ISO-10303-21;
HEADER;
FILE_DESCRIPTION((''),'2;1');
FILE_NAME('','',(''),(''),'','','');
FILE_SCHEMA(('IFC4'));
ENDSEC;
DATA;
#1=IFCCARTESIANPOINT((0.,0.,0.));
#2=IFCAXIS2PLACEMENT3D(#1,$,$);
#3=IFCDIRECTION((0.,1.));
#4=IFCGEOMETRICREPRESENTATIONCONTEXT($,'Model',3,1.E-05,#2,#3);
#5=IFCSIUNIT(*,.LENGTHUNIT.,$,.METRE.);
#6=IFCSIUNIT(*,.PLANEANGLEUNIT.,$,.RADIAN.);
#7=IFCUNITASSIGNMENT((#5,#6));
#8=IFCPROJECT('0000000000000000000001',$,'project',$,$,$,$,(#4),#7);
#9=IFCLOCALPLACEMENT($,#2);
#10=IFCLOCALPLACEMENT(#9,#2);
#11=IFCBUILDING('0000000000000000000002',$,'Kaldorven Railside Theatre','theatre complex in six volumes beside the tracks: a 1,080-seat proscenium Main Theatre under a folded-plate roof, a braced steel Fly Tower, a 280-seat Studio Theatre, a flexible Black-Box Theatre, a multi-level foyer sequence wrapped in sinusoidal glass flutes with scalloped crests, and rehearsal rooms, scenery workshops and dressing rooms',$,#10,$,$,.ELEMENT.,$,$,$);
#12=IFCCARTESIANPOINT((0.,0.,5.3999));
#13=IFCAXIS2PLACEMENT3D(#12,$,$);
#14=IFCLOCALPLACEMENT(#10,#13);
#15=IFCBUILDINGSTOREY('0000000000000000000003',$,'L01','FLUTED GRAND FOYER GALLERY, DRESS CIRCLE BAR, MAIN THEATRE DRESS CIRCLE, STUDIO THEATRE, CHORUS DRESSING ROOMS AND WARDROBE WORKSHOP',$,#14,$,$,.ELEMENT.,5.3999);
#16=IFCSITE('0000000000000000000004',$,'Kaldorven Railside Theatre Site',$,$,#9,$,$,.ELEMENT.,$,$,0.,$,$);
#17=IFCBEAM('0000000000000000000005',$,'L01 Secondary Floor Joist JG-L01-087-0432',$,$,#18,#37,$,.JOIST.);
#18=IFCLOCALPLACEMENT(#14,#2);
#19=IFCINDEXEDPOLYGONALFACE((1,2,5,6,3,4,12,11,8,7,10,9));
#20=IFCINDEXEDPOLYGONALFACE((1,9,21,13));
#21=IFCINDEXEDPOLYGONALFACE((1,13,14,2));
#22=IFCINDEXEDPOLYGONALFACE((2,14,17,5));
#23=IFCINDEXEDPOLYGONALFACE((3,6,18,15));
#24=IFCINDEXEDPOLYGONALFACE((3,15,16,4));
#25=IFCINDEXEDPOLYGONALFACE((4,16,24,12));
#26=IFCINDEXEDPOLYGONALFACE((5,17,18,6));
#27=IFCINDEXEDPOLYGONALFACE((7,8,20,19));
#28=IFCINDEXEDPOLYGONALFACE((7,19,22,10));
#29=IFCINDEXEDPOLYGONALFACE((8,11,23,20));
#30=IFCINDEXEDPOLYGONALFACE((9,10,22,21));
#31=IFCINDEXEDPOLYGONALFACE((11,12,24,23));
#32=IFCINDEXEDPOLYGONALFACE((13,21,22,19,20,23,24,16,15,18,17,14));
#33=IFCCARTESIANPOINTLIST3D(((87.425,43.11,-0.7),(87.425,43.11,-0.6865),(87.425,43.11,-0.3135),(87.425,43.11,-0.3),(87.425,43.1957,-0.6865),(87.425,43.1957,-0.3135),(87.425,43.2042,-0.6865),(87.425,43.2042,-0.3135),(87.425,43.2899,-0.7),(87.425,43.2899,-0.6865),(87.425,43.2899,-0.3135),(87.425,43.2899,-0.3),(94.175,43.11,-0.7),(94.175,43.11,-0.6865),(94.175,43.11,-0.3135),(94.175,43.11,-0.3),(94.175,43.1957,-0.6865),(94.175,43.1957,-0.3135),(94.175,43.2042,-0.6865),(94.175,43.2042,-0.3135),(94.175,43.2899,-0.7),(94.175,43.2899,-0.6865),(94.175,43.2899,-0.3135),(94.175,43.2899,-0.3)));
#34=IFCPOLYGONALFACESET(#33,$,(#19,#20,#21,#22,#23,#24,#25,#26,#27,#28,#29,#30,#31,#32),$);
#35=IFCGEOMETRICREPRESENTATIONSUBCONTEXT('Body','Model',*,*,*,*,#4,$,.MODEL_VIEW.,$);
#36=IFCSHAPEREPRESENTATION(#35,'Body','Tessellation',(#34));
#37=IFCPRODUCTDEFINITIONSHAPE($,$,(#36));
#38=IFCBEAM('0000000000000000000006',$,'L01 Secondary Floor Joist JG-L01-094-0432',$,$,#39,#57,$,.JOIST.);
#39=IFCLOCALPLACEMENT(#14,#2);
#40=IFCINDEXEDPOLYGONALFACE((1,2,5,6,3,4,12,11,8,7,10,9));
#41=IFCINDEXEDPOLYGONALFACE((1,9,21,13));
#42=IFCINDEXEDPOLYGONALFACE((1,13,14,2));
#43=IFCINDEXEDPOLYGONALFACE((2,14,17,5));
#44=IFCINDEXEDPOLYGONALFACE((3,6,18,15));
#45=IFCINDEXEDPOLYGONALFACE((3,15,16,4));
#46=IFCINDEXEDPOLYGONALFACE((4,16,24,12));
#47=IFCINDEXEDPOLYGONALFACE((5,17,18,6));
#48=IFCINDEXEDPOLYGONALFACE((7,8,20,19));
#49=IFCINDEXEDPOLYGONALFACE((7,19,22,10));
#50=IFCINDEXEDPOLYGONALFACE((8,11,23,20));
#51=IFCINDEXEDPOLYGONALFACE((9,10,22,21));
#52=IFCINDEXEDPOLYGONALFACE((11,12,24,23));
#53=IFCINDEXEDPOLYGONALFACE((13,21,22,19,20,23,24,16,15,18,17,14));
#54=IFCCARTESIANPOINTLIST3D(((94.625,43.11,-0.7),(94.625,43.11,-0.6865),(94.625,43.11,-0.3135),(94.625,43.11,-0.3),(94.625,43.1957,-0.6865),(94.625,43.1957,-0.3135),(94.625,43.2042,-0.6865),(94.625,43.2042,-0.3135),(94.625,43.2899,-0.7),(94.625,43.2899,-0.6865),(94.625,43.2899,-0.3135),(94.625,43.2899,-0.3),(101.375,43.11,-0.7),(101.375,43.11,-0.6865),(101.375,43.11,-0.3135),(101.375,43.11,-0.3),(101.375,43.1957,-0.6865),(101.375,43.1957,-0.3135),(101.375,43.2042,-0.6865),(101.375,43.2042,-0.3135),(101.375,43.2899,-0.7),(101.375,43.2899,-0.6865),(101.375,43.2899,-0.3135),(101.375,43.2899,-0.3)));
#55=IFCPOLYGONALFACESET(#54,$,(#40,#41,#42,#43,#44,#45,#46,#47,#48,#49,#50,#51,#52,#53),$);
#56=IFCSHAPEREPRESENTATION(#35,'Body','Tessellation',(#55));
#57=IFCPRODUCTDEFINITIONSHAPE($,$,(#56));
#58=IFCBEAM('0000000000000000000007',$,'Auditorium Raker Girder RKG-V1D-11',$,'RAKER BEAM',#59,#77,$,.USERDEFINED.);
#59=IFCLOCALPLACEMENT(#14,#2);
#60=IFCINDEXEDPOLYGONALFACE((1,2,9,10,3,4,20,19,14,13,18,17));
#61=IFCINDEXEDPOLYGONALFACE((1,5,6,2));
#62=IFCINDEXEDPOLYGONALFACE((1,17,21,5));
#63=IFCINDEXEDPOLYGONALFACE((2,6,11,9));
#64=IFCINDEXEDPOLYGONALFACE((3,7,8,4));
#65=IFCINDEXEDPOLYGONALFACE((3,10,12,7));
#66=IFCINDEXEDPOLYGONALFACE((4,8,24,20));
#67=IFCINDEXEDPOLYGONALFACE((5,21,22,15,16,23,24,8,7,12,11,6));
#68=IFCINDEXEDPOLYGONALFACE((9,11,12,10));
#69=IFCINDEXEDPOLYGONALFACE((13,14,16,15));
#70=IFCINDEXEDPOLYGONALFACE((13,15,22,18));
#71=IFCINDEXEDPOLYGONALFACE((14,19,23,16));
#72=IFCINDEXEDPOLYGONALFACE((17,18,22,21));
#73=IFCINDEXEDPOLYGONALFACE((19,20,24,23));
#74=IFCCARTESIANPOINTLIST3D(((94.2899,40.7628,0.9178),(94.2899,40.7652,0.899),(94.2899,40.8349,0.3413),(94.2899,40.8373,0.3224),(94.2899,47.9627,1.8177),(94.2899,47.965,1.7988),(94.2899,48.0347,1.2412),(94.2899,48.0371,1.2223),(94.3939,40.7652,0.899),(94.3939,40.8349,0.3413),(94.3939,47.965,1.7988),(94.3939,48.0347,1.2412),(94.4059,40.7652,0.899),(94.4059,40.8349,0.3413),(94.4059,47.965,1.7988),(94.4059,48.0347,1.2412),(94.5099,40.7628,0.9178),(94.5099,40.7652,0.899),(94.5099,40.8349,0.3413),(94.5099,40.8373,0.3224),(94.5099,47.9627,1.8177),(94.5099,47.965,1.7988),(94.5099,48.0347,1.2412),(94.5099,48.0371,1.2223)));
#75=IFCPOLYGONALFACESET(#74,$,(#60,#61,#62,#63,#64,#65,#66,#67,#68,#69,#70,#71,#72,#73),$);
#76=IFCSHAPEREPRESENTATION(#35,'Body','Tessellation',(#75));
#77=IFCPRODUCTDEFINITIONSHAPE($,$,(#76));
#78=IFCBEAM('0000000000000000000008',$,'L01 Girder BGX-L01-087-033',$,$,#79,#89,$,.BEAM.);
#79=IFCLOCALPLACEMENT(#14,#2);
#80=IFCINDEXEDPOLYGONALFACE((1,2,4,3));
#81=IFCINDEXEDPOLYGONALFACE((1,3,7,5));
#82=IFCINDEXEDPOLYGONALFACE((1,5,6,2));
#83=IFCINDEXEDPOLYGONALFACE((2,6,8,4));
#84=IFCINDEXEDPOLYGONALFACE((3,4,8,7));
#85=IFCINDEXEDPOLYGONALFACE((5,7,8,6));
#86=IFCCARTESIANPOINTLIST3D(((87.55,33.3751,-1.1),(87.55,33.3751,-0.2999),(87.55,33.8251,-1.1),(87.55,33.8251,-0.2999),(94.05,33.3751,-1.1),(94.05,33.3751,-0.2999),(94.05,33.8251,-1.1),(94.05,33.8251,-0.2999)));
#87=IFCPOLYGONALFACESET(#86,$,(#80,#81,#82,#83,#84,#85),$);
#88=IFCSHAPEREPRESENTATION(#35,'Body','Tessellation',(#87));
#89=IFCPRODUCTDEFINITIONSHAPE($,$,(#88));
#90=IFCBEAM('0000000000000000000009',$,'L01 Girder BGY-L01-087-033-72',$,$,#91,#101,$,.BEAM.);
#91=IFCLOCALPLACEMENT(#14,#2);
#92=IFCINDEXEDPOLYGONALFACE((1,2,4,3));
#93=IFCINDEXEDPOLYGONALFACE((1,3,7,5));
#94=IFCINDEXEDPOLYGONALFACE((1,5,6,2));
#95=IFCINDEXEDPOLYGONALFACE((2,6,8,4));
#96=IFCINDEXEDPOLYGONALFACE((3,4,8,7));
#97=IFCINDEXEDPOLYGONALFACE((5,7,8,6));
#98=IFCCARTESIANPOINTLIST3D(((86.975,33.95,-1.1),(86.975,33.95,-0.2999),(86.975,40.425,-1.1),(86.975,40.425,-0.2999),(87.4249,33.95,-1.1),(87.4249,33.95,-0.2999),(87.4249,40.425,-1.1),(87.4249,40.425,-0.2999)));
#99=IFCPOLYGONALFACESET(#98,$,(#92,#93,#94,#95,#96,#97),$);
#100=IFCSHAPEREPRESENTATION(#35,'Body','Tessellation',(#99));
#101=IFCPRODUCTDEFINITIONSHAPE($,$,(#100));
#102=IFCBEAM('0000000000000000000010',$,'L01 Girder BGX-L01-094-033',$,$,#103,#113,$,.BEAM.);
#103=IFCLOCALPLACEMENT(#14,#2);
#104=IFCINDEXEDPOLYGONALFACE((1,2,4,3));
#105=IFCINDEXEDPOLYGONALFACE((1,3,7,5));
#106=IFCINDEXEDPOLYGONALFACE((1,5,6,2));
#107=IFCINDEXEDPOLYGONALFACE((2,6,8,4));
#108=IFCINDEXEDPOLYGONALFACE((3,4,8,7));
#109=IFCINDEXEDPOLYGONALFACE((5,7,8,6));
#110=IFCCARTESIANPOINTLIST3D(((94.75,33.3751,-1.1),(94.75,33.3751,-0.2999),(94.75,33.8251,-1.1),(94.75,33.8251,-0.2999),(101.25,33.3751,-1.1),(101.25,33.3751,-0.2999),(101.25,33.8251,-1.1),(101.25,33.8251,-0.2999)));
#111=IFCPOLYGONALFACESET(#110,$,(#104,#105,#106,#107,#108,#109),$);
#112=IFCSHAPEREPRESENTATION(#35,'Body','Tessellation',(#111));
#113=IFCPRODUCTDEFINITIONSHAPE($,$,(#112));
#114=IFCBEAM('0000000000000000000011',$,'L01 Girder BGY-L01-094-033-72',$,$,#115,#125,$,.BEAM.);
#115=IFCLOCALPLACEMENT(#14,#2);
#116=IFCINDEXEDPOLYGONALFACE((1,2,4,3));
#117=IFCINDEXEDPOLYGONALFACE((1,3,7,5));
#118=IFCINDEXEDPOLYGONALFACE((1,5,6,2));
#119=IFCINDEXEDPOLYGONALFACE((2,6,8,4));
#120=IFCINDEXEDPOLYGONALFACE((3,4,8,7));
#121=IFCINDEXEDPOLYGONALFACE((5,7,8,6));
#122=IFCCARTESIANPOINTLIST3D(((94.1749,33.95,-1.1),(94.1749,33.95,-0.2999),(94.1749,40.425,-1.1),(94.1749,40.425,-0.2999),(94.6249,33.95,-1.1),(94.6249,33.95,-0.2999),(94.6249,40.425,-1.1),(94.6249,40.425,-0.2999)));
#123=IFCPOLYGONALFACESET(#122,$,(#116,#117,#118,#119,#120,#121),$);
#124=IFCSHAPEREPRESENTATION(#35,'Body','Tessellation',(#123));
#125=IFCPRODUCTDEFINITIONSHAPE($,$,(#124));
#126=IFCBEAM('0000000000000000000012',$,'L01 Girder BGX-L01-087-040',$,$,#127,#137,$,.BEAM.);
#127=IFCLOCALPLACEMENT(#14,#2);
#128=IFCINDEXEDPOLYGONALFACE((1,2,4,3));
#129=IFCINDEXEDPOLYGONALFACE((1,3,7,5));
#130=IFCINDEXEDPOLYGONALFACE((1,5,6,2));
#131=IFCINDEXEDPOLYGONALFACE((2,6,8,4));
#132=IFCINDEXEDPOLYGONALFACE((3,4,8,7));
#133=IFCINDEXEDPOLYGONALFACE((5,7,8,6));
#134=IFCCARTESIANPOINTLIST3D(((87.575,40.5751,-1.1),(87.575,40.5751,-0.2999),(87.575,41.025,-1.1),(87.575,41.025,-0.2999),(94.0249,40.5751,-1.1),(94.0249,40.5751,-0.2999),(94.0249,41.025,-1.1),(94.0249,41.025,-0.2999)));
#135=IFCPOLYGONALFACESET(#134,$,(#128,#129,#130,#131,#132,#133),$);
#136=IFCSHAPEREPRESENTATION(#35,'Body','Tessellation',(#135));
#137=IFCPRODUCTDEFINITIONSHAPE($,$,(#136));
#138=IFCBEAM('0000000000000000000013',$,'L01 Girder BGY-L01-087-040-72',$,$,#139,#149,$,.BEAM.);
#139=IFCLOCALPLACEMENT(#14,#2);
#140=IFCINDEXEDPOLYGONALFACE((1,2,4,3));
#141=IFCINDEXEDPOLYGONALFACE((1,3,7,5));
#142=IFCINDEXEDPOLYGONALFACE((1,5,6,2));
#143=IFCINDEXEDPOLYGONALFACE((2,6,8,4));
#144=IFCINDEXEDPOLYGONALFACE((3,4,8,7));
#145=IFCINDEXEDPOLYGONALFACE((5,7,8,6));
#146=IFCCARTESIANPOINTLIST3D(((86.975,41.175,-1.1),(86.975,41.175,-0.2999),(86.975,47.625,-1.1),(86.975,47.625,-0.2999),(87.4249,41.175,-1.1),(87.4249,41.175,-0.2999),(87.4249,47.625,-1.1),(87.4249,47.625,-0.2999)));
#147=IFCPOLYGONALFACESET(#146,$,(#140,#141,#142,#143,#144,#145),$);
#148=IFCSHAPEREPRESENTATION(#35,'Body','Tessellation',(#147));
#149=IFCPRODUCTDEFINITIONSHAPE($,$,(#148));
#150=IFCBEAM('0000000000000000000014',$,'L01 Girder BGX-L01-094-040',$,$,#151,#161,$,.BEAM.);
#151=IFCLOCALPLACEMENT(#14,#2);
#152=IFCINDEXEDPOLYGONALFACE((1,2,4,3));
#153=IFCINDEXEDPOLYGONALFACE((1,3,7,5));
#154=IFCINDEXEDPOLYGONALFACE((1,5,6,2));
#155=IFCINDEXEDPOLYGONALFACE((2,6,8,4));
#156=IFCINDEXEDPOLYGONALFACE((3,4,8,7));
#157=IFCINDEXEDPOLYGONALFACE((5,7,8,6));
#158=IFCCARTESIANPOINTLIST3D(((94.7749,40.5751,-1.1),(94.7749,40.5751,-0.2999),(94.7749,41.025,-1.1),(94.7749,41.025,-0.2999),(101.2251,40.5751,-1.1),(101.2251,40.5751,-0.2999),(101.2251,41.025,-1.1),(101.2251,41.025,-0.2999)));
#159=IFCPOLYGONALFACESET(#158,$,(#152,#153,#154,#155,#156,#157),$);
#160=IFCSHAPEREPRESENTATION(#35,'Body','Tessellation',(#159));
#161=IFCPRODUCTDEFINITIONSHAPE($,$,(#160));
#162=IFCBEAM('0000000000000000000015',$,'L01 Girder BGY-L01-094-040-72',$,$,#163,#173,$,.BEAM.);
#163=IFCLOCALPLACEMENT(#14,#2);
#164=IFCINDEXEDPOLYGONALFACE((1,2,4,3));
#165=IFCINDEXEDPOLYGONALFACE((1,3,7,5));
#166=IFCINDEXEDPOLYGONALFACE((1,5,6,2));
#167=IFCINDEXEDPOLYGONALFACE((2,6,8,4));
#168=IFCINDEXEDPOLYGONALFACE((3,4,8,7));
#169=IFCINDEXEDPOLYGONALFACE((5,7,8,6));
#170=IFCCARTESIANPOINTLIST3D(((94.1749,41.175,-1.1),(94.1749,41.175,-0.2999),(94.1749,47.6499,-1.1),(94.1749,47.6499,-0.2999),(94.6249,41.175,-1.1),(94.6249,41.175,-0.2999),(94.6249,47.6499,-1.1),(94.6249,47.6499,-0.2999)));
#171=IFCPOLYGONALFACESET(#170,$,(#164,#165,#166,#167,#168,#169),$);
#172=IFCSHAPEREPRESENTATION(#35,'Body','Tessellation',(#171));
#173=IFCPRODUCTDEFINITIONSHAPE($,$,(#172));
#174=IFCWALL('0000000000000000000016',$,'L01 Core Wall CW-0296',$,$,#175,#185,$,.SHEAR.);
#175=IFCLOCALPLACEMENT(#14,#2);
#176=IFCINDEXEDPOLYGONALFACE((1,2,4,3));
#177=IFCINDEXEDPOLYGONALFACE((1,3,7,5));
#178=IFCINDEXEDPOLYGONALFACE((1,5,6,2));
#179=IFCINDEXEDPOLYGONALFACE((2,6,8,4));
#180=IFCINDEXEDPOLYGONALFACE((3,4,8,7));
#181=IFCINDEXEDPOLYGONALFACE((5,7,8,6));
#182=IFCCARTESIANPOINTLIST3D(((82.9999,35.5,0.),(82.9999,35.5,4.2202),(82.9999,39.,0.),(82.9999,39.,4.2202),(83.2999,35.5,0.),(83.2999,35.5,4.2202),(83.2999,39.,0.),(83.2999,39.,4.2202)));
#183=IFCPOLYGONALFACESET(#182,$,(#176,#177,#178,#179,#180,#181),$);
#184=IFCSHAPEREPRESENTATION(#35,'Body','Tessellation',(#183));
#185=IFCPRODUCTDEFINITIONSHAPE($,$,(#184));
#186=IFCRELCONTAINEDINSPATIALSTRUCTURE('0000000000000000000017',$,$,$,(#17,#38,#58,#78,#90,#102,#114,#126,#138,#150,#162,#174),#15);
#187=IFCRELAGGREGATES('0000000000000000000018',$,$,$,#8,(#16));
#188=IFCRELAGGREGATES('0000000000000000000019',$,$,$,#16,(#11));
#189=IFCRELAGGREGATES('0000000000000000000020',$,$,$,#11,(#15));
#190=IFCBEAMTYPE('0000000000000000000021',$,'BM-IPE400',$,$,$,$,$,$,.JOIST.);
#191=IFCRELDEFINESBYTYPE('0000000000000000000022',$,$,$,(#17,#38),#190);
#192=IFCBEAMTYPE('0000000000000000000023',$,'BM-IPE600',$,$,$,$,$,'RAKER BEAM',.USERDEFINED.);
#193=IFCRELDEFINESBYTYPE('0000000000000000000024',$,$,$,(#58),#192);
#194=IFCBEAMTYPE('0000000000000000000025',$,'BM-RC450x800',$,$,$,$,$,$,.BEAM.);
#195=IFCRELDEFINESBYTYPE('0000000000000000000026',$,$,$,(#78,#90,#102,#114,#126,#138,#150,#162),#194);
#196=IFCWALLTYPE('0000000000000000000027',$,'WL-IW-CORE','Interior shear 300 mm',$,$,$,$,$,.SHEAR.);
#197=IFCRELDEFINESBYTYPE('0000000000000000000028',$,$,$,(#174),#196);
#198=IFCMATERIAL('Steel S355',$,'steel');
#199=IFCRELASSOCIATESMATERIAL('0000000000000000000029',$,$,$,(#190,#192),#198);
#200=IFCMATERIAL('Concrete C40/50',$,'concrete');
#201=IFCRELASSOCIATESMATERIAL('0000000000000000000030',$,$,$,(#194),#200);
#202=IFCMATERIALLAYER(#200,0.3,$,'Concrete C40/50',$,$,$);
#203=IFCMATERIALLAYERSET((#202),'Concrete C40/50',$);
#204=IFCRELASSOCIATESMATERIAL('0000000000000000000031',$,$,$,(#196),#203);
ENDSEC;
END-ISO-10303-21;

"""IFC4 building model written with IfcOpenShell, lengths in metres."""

from ifc_helpers import new_model, si_unit, direction, frame, frame_2d, origin, origin_2d, place, context, subcontext, project, spatial, rectangle, i_section, extrude, material, layer, layer_set, material_profile, profile_set, type_object, element, save


model = new_model("IFC4")

# Units and contexts
model_context = context("Model", 3, precision=1e-05, world=origin(), true_north=direction((0.0, 1.0)))
body_context = subcontext(model_context, "Body", "Model", "MODEL_VIEW")
ifc_project = project(units=[si_unit("LENGTHUNIT", "METRE"), si_unit("PLANEANGLEUNIT", "RADIAN")], contexts=[model_context])

# Site, building, storey
site_placement = place(None, origin())
site = spatial("IfcSite", under=ifc_project, at=site_placement, Name="Kaldorven Railside Theatre Site", CompositionType="ELEMENT", RefElevation=0.0)
building_placement = place(site_placement, origin())
building = spatial("IfcBuilding", under=site, at=building_placement, Name="Kaldorven Railside Theatre", Description="theatre complex in six volumes beside the tracks: a 1,080-seat proscenium Main Theatre under a folded-plate roof, a braced steel Fly Tower, a 280-seat Studio Theatre, a flexible Black-Box Theatre, a multi-level foyer sequence wrapped in sinusoidal glass flutes with scalloped crests, and rehearsal rooms, scenery workshops and dressing rooms", CompositionType="ELEMENT")
storey_placement = place(building_placement, frame((0.0, 0.0, 5.3999)))
storey = spatial("IfcBuildingStorey", under=building, at=storey_placement, Name="L01", Description="FLUTED GRAND FOYER GALLERY, DRESS CIRCLE BAR, MAIN THEATRE DRESS CIRCLE, STUDIO THEATRE, CHORUS DRESSING ROOMS AND WARDROBE WORKSHOP", CompositionType="ELEMENT", Elevation=5.3999)

# Shared definitions
ifc_material_1 = material(Name="Concrete C40/50", Category="concrete")

# Beams
ifc_material_2 = material(Name="Steel S355", Category="steel")
ifc_material_profile_1 = material_profile(ifc_material_2, i_section(OverallWidth=0.1799, OverallDepth=0.3999, WebThickness=0.0085, FlangeThickness=0.0134, at=origin_2d()), Name="IPE 400")
ifc_profile_set_1 = profile_set([ifc_material_profile_1], Name="Steel S355")
beam_type_1 = type_object("IfcBeamType", Name="BM-IPE400", PredefinedType="JOIST", material=ifc_profile_set_1)
for number, where, z_axis, x_axis, name in (
    (1, (87.425, 43.2, -0.5), (1.0, 0.0, 0.0), (0.0, 1.0, 0.0), "L01 Secondary Floor Joist JG-L01-087-0432"),
    (2, (94.625, 43.2, -0.5), (1.0, 0.0, 0.0), (0.0, 1.0, 0.0), "L01 Secondary Floor Joist JG-L01-094-0432"),
):
    element("IfcBeam", number, at=place(storey_placement, frame(where, z_axis=z_axis, x_axis=x_axis)), inside=storey, type_object=beam_type_1, Name=name, PredefinedType="JOIST", context=body_context, shape_type="SweptSolid", body=[
        extrude(i_section(OverallWidth=0.1799, OverallDepth=0.3999, WebThickness=0.0085, FlangeThickness=0.0134, at=origin_2d()), origin(), (0.0, 0.0, 1.0), 6.75),
    ])
ifc_material_profile_2 = material_profile(ifc_material_2, i_section(OverallWidth=0.22, OverallDepth=0.6001, WebThickness=0.012, FlangeThickness=0.019, at=origin_2d()), Name="IPE 600")
ifc_profile_set_2 = profile_set([ifc_material_profile_2], Name="Steel S355")
beam_type_2 = type_object("IfcBeamType", Name="BM-IPE600", ElementType="RAKER BEAM", PredefinedType="USERDEFINED", material=ifc_profile_set_2)
beam_1_placement = place(storey_placement, frame((94.3999, 40.8, 0.6201), z_axis=(0.0, 0.992279, 0.124022), x_axis=(-1.0, 0.0, 0.0)))
element("IfcBeam", 3, at=beam_1_placement, inside=storey, type_object=beam_type_2, Name="Auditorium Raker Girder RKG-V1D-11", ObjectType="RAKER BEAM", PredefinedType="USERDEFINED", context=body_context, shape_type="SweptSolid", body=[
    extrude(i_section(OverallWidth=0.22, OverallDepth=0.6001, WebThickness=0.012, FlangeThickness=0.019, at=origin_2d()), origin(), (0.0, 0.0, 1.0), 7.2559),
])
ifc_material_profile_3 = material_profile(ifc_material_1, rectangle(XDim=0.45, YDim=0.8, at=origin_2d()), Name="RC 450x800")
ifc_profile_set_3 = profile_set([ifc_material_profile_3], Name="Concrete C40/50")
beam_type_3 = type_object("IfcBeamType", Name="BM-RC450x800", PredefinedType="BEAM", material=ifc_profile_set_3)
beam_2_placement = place(storey_placement, frame((87.55, 33.6001, -0.7), z_axis=(1.0, 0.0, 0.0), x_axis=(0.0, 1.0, 0.0)))
element("IfcBeam", 4, at=beam_2_placement, inside=storey, type_object=beam_type_3, Name="L01 Girder BGX-L01-087-033", PredefinedType="BEAM", context=body_context, shape_type="SweptSolid", body=[
    extrude(rectangle(XDim=0.45, YDim=0.8, at=origin_2d()), origin(), (0.0, 0.0, 1.0), 6.5),
])
beam_3_placement = place(storey_placement, frame((87.2, 33.95, -0.7), z_axis=(0.0, 1.0, 0.0), x_axis=(-1.0, 0.0, 0.0)))
element("IfcBeam", 5, at=beam_3_placement, inside=storey, type_object=beam_type_3, Name="L01 Girder BGY-L01-087-033-72", PredefinedType="BEAM", context=body_context, shape_type="SweptSolid", body=[
    extrude(rectangle(XDim=0.45, YDim=0.8, at=origin_2d()), origin(), (0.0, 0.0, 1.0), 6.4751),
])
beam_4_placement = place(storey_placement, frame((94.75, 33.6001, -0.7), z_axis=(1.0, 0.0, 0.0), x_axis=(0.0, 1.0, 0.0)))
element("IfcBeam", 6, at=beam_4_placement, inside=storey, type_object=beam_type_3, Name="L01 Girder BGX-L01-094-033", PredefinedType="BEAM", context=body_context, shape_type="SweptSolid", body=[
    extrude(rectangle(XDim=0.45, YDim=0.8, at=origin_2d()), origin(), (0.0, 0.0, 1.0), 6.5),
])
beam_5_placement = place(storey_placement, frame((94.3999, 33.95, -0.7), z_axis=(0.0, 1.0, 0.0), x_axis=(-1.0, 0.0, 0.0)))
element("IfcBeam", 7, at=beam_5_placement, inside=storey, type_object=beam_type_3, Name="L01 Girder BGY-L01-094-033-72", PredefinedType="BEAM", context=body_context, shape_type="SweptSolid", body=[
    extrude(rectangle(XDim=0.45, YDim=0.8, at=origin_2d()), origin(), (0.0, 0.0, 1.0), 6.4751),
])
for number, where, z_axis, x_axis, name in (
    (8, (87.575, 40.8, -0.7), (1.0, 0.0, 0.0), (0.0, 1.0, 0.0), "L01 Girder BGX-L01-087-040"),
    (9, (87.2, 41.175, -0.7), (0.0, 1.0, 0.0), (-1.0, 0.0, 0.0), "L01 Girder BGY-L01-087-040-72"),
):
    element("IfcBeam", number, at=place(storey_placement, frame(where, z_axis=z_axis, x_axis=x_axis)), inside=storey, type_object=beam_type_3, Name=name, PredefinedType="BEAM", context=body_context, shape_type="SweptSolid", body=[
        extrude(rectangle(XDim=0.45, YDim=0.8, at=origin_2d()), origin(), (0.0, 0.0, 1.0), 6.45),
    ])
beam_6_placement = place(storey_placement, frame((94.7749, 40.8, -0.7), z_axis=(1.0, 0.0, 0.0), x_axis=(0.0, 1.0, 0.0)))
element("IfcBeam", 10, at=beam_6_placement, inside=storey, type_object=beam_type_3, Name="L01 Girder BGX-L01-094-040", PredefinedType="BEAM", context=body_context, shape_type="SweptSolid", body=[
    extrude(rectangle(XDim=0.45, YDim=0.8, at=origin_2d()), origin(), (0.0, 0.0, 1.0), 6.4502),
])
beam_7_placement = place(storey_placement, frame((94.3999, 41.175, -0.7), z_axis=(0.0, 1.0, 0.0), x_axis=(-1.0, 0.0, 0.0)))
element("IfcBeam", 11, at=beam_7_placement, inside=storey, type_object=beam_type_3, Name="L01 Girder BGY-L01-094-040-72", PredefinedType="BEAM", context=body_context, shape_type="SweptSolid", body=[
    extrude(rectangle(XDim=0.45, YDim=0.8, at=origin_2d()), origin(), (0.0, 0.0, 1.0), 6.4749),
])

# Wall
ifc_layer = layer(ifc_material_1, 0.3, Name="Concrete C40/50")
ifc_layer_set = layer_set([ifc_layer], Name="Concrete C40/50")
wall_type = type_object("IfcWallType", Name="WL-IW-CORE", Description="Interior shear 300 mm", PredefinedType="SHEAR", material=ifc_layer_set)
wall_1_placement = place(storey_placement, frame((83.1499, 39.0, 0.0), z_axis=(0.0, 0.0, 1.0), x_axis=(0.0, -1.0, 0.0)))
element("IfcWall", 12, at=wall_1_placement, inside=storey, type_object=wall_type, Name="L01 Core Wall CW-0296", PredefinedType="SHEAR", context=body_context, shape_type="SweptSolid", body=[
    extrude(rectangle(XDim=3.5, YDim=0.3, at=frame_2d((1.75, 0.0))), origin(), (0.0, 0.0, 1.0), 4.2202),
])

save(model, "model.ifc")
